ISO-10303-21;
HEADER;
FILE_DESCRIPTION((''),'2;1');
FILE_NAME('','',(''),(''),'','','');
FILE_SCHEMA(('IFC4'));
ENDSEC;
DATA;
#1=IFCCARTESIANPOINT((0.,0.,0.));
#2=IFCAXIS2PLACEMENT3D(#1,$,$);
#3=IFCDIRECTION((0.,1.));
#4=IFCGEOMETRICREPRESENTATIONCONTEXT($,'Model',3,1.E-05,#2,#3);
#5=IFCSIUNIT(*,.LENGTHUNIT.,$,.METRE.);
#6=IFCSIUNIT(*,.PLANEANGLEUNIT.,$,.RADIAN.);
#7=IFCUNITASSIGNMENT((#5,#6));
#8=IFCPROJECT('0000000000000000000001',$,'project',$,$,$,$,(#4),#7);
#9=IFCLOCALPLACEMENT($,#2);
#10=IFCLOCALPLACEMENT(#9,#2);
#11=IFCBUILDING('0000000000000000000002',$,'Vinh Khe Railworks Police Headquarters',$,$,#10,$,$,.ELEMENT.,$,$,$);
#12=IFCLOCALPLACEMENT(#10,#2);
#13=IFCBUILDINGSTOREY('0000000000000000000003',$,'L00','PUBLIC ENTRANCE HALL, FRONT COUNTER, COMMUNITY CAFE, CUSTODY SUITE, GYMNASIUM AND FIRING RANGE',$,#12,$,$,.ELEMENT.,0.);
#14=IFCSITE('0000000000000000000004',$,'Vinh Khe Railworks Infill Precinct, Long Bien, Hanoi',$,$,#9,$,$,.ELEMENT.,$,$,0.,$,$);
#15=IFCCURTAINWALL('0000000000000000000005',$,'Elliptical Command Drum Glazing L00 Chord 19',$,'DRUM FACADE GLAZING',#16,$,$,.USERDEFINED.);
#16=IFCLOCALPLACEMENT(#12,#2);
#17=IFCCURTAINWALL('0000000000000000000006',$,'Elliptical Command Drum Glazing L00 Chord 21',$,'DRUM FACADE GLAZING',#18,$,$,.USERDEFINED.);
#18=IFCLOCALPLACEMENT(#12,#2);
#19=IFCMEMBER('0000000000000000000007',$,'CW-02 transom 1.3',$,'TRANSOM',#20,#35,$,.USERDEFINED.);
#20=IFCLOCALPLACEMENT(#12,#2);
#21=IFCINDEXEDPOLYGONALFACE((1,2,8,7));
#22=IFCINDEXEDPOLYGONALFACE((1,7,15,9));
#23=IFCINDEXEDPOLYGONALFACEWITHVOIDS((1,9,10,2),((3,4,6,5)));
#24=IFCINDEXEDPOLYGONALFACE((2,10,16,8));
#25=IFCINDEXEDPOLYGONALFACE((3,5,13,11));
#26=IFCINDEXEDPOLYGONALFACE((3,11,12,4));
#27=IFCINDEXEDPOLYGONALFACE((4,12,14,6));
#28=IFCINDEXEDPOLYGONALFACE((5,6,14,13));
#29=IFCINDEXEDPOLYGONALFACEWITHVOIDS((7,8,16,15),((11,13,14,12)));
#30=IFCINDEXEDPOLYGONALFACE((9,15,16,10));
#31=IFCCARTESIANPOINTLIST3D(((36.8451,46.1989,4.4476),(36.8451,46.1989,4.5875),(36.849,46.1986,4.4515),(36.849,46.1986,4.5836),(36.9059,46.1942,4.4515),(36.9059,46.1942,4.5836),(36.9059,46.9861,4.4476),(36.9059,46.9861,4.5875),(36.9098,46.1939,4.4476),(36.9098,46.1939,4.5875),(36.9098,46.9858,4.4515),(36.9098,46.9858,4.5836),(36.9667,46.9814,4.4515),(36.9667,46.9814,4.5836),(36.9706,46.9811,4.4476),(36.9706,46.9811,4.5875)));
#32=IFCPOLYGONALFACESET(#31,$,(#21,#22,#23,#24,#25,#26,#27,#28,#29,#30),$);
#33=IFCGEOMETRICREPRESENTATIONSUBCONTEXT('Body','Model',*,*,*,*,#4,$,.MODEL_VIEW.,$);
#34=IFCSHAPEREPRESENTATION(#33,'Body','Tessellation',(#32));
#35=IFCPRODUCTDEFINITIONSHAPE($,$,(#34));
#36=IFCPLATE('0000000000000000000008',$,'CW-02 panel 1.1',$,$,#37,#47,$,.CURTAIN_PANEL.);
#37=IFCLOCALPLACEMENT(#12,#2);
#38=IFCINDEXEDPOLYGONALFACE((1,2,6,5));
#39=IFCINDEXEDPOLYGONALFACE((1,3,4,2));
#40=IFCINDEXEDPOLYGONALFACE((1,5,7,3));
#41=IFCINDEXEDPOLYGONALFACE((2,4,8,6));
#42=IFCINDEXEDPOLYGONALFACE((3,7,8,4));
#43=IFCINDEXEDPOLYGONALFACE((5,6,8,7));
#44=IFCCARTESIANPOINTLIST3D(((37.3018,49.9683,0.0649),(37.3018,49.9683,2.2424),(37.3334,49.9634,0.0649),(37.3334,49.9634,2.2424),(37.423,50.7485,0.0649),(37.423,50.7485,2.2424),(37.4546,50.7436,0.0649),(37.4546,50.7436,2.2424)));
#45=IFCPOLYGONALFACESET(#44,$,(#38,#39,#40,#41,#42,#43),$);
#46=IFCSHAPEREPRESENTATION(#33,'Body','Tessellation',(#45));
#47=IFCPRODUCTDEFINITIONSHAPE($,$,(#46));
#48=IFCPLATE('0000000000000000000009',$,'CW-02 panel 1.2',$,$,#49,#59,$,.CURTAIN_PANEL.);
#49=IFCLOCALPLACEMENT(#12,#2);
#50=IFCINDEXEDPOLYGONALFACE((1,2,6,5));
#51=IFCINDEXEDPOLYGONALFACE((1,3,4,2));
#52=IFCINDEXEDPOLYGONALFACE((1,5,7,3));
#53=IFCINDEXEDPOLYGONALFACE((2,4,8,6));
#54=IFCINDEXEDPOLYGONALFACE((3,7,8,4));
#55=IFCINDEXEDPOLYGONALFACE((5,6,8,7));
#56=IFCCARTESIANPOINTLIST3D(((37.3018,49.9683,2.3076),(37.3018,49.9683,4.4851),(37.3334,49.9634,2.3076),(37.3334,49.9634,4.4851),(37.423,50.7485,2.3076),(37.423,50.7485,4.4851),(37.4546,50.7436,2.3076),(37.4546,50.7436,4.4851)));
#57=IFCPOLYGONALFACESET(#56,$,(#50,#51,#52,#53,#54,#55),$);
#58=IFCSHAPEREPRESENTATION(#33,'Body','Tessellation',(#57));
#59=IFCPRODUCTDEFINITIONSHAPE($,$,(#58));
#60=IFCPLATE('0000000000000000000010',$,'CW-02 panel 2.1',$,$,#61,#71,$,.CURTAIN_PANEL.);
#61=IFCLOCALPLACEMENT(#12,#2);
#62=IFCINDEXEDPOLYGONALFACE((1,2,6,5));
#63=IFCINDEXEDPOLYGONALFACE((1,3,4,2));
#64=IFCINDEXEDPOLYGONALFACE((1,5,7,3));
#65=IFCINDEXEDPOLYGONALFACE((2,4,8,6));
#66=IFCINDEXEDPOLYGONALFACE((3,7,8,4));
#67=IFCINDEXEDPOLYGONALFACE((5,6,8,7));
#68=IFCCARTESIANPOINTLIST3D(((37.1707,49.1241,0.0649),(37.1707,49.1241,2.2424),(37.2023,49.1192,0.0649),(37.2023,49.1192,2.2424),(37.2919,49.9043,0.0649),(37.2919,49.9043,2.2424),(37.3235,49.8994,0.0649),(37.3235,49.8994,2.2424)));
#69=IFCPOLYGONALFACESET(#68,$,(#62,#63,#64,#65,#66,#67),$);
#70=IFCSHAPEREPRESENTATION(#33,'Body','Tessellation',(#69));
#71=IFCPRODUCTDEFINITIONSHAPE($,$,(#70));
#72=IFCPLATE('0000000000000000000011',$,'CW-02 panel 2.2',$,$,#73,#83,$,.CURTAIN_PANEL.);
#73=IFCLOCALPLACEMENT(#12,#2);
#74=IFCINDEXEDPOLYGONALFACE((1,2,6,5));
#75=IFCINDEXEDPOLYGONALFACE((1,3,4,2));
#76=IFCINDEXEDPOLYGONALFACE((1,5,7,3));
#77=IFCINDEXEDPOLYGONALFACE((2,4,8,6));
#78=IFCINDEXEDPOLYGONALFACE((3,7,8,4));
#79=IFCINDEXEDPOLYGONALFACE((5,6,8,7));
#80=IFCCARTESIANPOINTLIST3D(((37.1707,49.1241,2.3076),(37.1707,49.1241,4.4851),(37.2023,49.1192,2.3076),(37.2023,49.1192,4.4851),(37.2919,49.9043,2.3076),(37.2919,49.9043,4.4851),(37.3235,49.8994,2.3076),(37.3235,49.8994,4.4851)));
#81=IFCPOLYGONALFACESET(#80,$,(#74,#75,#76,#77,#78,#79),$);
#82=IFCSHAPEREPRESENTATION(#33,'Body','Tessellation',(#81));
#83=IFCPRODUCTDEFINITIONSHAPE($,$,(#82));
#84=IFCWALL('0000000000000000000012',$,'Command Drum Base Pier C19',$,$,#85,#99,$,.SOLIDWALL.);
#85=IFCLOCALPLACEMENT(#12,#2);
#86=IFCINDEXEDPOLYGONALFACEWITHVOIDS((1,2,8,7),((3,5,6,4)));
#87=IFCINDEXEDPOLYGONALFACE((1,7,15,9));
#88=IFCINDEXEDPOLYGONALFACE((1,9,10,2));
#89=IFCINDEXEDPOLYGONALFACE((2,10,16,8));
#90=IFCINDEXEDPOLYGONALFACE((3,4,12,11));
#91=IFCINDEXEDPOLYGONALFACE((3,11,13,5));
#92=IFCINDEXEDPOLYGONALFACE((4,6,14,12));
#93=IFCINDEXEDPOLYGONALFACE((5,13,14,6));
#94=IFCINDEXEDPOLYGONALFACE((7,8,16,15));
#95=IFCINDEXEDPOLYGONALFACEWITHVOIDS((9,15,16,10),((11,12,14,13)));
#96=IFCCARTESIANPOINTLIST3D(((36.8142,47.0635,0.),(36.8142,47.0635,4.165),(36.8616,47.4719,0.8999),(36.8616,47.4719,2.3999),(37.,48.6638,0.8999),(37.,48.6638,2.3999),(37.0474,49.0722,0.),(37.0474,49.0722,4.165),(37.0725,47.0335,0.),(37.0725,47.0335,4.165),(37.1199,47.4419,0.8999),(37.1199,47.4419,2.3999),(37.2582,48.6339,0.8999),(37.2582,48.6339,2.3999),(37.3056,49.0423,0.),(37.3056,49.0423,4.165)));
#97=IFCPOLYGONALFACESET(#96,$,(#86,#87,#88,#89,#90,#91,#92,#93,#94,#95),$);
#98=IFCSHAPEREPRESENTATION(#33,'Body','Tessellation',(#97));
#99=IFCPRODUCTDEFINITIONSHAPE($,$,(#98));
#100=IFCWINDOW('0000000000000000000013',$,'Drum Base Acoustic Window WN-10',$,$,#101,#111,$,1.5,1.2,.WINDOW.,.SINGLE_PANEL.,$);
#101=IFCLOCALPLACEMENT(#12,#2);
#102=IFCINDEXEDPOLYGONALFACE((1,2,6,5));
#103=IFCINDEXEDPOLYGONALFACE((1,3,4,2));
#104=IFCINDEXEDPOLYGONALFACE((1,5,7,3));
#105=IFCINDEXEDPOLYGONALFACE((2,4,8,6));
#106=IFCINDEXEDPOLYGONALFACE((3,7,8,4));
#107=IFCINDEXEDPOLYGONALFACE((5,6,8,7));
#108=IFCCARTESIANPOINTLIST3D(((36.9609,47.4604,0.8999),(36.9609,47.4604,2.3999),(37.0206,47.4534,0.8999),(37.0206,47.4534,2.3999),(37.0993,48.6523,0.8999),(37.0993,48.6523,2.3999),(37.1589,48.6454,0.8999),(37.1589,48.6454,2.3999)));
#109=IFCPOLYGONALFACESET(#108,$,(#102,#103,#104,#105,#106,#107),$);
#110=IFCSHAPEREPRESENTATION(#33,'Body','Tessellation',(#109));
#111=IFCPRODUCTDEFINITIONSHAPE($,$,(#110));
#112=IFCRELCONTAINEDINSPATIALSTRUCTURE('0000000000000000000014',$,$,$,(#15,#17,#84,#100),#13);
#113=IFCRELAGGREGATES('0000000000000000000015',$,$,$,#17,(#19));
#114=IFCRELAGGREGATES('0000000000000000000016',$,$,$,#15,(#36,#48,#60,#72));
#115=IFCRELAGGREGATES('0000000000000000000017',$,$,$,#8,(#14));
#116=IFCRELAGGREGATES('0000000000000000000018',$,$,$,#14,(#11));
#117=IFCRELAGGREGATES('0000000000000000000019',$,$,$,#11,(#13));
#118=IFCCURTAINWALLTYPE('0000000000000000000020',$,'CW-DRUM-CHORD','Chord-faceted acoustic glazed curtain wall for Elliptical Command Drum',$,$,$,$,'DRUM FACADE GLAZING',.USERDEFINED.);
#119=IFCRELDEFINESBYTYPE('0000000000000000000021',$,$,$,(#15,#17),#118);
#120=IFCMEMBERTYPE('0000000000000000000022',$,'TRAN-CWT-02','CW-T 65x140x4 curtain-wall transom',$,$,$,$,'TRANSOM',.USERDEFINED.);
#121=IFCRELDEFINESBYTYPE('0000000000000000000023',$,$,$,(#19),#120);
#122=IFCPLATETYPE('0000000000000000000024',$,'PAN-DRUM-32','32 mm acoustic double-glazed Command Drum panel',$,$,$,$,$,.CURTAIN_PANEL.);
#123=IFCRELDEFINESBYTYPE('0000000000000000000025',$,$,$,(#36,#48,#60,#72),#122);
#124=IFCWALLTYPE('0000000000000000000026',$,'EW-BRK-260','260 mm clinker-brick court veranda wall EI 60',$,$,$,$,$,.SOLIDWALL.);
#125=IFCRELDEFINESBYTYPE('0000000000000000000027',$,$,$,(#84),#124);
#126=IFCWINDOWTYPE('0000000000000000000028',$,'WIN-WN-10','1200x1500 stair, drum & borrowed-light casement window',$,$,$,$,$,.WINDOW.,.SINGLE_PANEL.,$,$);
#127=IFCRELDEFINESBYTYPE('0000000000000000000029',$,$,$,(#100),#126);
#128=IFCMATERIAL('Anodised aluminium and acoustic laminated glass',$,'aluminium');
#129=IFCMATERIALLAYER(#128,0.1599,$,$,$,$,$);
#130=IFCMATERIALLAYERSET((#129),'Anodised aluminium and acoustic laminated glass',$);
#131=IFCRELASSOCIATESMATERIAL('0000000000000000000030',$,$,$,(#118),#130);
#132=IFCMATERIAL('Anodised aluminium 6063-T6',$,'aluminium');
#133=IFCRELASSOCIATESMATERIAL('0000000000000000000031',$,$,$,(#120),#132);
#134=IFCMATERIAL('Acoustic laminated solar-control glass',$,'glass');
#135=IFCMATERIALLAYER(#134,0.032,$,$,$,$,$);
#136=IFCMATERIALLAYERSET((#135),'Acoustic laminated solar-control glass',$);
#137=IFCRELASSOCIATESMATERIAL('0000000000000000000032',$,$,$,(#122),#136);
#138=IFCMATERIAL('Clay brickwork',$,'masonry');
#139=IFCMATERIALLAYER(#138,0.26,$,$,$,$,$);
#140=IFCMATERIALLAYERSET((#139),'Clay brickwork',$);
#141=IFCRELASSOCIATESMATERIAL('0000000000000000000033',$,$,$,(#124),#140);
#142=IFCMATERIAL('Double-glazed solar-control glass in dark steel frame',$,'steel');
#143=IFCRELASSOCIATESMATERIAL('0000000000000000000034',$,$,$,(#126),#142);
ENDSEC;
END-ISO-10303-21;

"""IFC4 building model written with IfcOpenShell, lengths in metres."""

from ifc_helpers import new_model, si_unit, direction, frame, frame_2d, origin, origin_2d, place, context, subcontext, project, spatial, rectangle, hollow_rectangle, extrude, material, layer, layer_set, material_profile, profile_set, type_object, element, fill, aggregate, save


model = new_model("IFC4")

# Units and contexts
model_context = context("Model", 3, precision=1e-05, world=origin(), true_north=direction((0.0, 1.0)))
body_context = subcontext(model_context, "Body", "Model", "MODEL_VIEW")
ifc_project = project(units=[si_unit("LENGTHUNIT", "METRE"), si_unit("PLANEANGLEUNIT", "RADIAN")], contexts=[model_context])

# Site, building, storey
site_placement = place(None, origin())
site = spatial("IfcSite", under=ifc_project, at=site_placement, Name="Vinh Khe Railworks Infill Precinct, Long Bien, Hanoi", CompositionType="ELEMENT", RefElevation=0.0)
building_placement = place(site_placement, origin())
building = spatial("IfcBuilding", under=site, at=building_placement, Name="Vinh Khe Railworks Police Headquarters", CompositionType="ELEMENT")
storey_placement = place(building_placement, origin())
storey = spatial("IfcBuildingStorey", under=building, at=storey_placement, Name="L00", Description="PUBLIC ENTRANCE HALL, FRONT COUNTER, COMMUNITY CAFE, CUSTODY SUITE, GYMNASIUM AND FIRING RANGE", CompositionType="ELEMENT", Elevation=0.0)

# Curtain wall
ifc_material_1 = material(Name="Anodised aluminium and acoustic laminated glass", Category="aluminium")
ifc_layer_1 = layer(ifc_material_1, 0.1599)
ifc_layer_set_1 = layer_set([ifc_layer_1], Name="Anodised aluminium and acoustic laminated glass")
curtain_wall_type = type_object("IfcCurtainWallType", Name="CW-DRUM-CHORD", Description="Chord-faceted acoustic glazed curtain wall for Elliptical Command Drum", ElementType="DRUM FACADE GLAZING", PredefinedType="USERDEFINED", material=ifc_layer_set_1)
curtain_wall_1_placement = place(storey_placement, origin())
curtain_wall_1 = element("IfcCurtainWall", 1, at=curtain_wall_1_placement, inside=storey, type_object=curtain_wall_type, Name="Elliptical Command Drum Glazing L00 Chord 19", ObjectType="DRUM FACADE GLAZING", PredefinedType="USERDEFINED")
ifc_material_2 = material(Name="Anodised aluminium 6063-T6", Category="aluminium")

# Curtain wall
curtain_wall_2_placement = place(storey_placement, origin())
curtain_wall_2 = element("IfcCurtainWall", 2, at=curtain_wall_2_placement, inside=storey, type_object=curtain_wall_type, Name="Elliptical Command Drum Glazing L00 Chord 21", ObjectType="DRUM FACADE GLAZING", PredefinedType="USERDEFINED")

# Member
ifc_material_profile_1 = material_profile(ifc_material_2, hollow_rectangle(XDim=0.0649, YDim=0.1399, WallThickness=0.0039, at=origin_2d()), Name="CW-T 65x140x4")
ifc_profile_set_1 = profile_set([ifc_material_profile_1], Name="Anodised aluminium 6063-T6")
member_type_1 = type_object("IfcMemberType", Name="TRAN-CWT-02", Description="CW-T 65x140x4 curtain-wall transom", ElementType="TRANSOM", PredefinedType="USERDEFINED", material=ifc_profile_set_1)
member_1_placement = place(storey_placement, frame((36.9382, 46.9836, 4.5176), z_axis=(-0.077004, -0.997031, 0.0), x_axis=(0.997031, -0.077004, 0.0)))
member_1 = element("IfcMember", 3, at=member_1_placement, type_object=member_type_1, Name="CW-02 transom 1.3", ObjectType="TRANSOM", PredefinedType="USERDEFINED", context=body_context, shape_type="SweptSolid", body=[
    extrude(hollow_rectangle(XDim=0.0649, YDim=0.1399, WallThickness=0.0039, at=origin_2d()), origin(), (0.0, 0.0, 1.0), 0.7896),
])
aggregate(curtain_wall_2, [member_1])

# Plates
ifc_material_3 = material(Name="Acoustic laminated solar-control glass", Category="glass")
ifc_layer_2 = layer(ifc_material_3, 0.032)
ifc_layer_set_2 = layer_set([ifc_layer_2], Name="Acoustic laminated solar-control glass")
plate_type = type_object("IfcPlateType", Name="PAN-DRUM-32", Description="32 mm acoustic double-glazed Command Drum panel", PredefinedType="CURTAIN_PANEL", material=ifc_layer_set_2)
plate_1_placement = place(storey_placement, frame((37.3782, 50.356, 0.0649), z_axis=(0.0, 0.0, 1.0), x_axis=(-0.153491, -0.98815, 0.0)))
plate_1 = element("IfcPlate", 4, at=plate_1_placement, type_object=plate_type, Name="CW-02 panel 1.1", PredefinedType="CURTAIN_PANEL", context=body_context, shape_type="SweptSolid", body=[
    extrude(rectangle(XDim=0.7896, YDim=0.032, at=origin_2d()), origin(), (0.0, 0.0, 1.0), 2.1775),
])
plate_2_placement = place(storey_placement, frame((37.3782, 50.356, 2.3076), z_axis=(0.0, 0.0, 1.0), x_axis=(-0.153491, -0.98815, 0.0)))
plate_2 = element("IfcPlate", 5, at=plate_2_placement, type_object=plate_type, Name="CW-02 panel 1.2", PredefinedType="CURTAIN_PANEL", context=body_context, shape_type="SweptSolid", body=[
    extrude(rectangle(XDim=0.7896, YDim=0.032, at=origin_2d()), origin(), (0.0, 0.0, 1.0), 2.1775),
])
plate_3_placement = place(storey_placement, frame((37.2471, 49.5117, 0.0649), z_axis=(0.0, 0.0, 1.0), x_axis=(-0.153491, -0.98815, 0.0)))
plate_3 = element("IfcPlate", 6, at=plate_3_placement, type_object=plate_type, Name="CW-02 panel 2.1", PredefinedType="CURTAIN_PANEL", context=body_context, shape_type="SweptSolid", body=[
    extrude(rectangle(XDim=0.7896, YDim=0.032, at=origin_2d()), origin(), (0.0, 0.0, 1.0), 2.1775),
])
plate_4_placement = place(storey_placement, frame((37.2471, 49.5117, 2.3076), z_axis=(0.0, 0.0, 1.0), x_axis=(-0.153491, -0.98815, 0.0)))
plate_4 = element("IfcPlate", 7, at=plate_4_placement, type_object=plate_type, Name="CW-02 panel 2.2", PredefinedType="CURTAIN_PANEL", context=body_context, shape_type="SweptSolid", body=[
    extrude(rectangle(XDim=0.7896, YDim=0.032, at=origin_2d()), origin(), (0.0, 0.0, 1.0), 2.1775),
])
aggregate(curtain_wall_1, [plate_1, plate_2, plate_3, plate_4])

# Wall, opening, window
ifc_material_4 = material(Name="Clay brickwork", Category="masonry")
ifc_layer_3 = layer(ifc_material_4, 0.26)
ifc_layer_set_3 = layer_set([ifc_layer_3], Name="Clay brickwork")
wall_type = type_object("IfcWallType", Name="EW-BRK-260", Description="260 mm clinker-brick court veranda wall EI 60", PredefinedType="SOLIDWALL", material=ifc_layer_set_3)
wall_placement = place(storey_placement, frame((37.1765, 49.0574, 0.0), z_axis=(0.0, 0.0, 1.0), x_axis=(-0.115293, -0.993332, 0.0)))
wall = element("IfcWall", 8, at=wall_placement, inside=storey, type_object=wall_type, Name="Command Drum Base Pier C19", PredefinedType="SOLIDWALL", context=body_context, shape_type="SweptSolid", body=[
    extrude(rectangle(XDim=2.0222, YDim=0.26, at=frame_2d((1.0112, 0.0))), origin(), (0.0, 0.0, 1.0), 4.165),
])
opening_placement = place(wall_placement, frame((0.4111, 0.0, 0.8999)))
opening = element("IfcOpeningElement", 9, at=opening_placement, cuts=wall, PredefinedType="OPENING", context=body_context, shape_type="SweptSolid", body=[
    extrude(rectangle(XDim=1.2, YDim=1.5, at=frame_2d((0.6001, 0.75))), frame((0.0, 0.145, 0.0), z_axis=(0.0, -1.0, 0.0), x_axis=(1.0, 0.0, 0.0)), (0.0, 0.0, 1.0), 0.2898),
])
ifc_material_5 = material(Name="Double-glazed solar-control glass in dark steel frame", Category="steel")
window_type = type_object("IfcWindowType", Name="WIN-WN-10", Description="1200x1500 stair, drum & borrowed-light casement window", PartitioningType="SINGLE_PANEL", PredefinedType="WINDOW", material=ifc_material_5)
window_placement = place(opening_placement, origin())
window = element("IfcWindow", 10, at=window_placement, inside=storey, type_object=window_type, Name="Drum Base Acoustic Window WN-10", OverallHeight=1.5, OverallWidth=1.2, PartitioningType="SINGLE_PANEL", PredefinedType="WINDOW", context=body_context, shape_type="SweptSolid", body=[
    extrude(rectangle(XDim=1.2, YDim=1.5, at=frame_2d((0.6001, 0.75))), frame((0.0, 0.03, 0.0), z_axis=(0.0, -1.0, 0.0), x_axis=(1.0, 0.0, 0.0)), (0.0, 0.0, 1.0), 0.0601),
])
fill(opening, window)

save(model, "model.ifc")
